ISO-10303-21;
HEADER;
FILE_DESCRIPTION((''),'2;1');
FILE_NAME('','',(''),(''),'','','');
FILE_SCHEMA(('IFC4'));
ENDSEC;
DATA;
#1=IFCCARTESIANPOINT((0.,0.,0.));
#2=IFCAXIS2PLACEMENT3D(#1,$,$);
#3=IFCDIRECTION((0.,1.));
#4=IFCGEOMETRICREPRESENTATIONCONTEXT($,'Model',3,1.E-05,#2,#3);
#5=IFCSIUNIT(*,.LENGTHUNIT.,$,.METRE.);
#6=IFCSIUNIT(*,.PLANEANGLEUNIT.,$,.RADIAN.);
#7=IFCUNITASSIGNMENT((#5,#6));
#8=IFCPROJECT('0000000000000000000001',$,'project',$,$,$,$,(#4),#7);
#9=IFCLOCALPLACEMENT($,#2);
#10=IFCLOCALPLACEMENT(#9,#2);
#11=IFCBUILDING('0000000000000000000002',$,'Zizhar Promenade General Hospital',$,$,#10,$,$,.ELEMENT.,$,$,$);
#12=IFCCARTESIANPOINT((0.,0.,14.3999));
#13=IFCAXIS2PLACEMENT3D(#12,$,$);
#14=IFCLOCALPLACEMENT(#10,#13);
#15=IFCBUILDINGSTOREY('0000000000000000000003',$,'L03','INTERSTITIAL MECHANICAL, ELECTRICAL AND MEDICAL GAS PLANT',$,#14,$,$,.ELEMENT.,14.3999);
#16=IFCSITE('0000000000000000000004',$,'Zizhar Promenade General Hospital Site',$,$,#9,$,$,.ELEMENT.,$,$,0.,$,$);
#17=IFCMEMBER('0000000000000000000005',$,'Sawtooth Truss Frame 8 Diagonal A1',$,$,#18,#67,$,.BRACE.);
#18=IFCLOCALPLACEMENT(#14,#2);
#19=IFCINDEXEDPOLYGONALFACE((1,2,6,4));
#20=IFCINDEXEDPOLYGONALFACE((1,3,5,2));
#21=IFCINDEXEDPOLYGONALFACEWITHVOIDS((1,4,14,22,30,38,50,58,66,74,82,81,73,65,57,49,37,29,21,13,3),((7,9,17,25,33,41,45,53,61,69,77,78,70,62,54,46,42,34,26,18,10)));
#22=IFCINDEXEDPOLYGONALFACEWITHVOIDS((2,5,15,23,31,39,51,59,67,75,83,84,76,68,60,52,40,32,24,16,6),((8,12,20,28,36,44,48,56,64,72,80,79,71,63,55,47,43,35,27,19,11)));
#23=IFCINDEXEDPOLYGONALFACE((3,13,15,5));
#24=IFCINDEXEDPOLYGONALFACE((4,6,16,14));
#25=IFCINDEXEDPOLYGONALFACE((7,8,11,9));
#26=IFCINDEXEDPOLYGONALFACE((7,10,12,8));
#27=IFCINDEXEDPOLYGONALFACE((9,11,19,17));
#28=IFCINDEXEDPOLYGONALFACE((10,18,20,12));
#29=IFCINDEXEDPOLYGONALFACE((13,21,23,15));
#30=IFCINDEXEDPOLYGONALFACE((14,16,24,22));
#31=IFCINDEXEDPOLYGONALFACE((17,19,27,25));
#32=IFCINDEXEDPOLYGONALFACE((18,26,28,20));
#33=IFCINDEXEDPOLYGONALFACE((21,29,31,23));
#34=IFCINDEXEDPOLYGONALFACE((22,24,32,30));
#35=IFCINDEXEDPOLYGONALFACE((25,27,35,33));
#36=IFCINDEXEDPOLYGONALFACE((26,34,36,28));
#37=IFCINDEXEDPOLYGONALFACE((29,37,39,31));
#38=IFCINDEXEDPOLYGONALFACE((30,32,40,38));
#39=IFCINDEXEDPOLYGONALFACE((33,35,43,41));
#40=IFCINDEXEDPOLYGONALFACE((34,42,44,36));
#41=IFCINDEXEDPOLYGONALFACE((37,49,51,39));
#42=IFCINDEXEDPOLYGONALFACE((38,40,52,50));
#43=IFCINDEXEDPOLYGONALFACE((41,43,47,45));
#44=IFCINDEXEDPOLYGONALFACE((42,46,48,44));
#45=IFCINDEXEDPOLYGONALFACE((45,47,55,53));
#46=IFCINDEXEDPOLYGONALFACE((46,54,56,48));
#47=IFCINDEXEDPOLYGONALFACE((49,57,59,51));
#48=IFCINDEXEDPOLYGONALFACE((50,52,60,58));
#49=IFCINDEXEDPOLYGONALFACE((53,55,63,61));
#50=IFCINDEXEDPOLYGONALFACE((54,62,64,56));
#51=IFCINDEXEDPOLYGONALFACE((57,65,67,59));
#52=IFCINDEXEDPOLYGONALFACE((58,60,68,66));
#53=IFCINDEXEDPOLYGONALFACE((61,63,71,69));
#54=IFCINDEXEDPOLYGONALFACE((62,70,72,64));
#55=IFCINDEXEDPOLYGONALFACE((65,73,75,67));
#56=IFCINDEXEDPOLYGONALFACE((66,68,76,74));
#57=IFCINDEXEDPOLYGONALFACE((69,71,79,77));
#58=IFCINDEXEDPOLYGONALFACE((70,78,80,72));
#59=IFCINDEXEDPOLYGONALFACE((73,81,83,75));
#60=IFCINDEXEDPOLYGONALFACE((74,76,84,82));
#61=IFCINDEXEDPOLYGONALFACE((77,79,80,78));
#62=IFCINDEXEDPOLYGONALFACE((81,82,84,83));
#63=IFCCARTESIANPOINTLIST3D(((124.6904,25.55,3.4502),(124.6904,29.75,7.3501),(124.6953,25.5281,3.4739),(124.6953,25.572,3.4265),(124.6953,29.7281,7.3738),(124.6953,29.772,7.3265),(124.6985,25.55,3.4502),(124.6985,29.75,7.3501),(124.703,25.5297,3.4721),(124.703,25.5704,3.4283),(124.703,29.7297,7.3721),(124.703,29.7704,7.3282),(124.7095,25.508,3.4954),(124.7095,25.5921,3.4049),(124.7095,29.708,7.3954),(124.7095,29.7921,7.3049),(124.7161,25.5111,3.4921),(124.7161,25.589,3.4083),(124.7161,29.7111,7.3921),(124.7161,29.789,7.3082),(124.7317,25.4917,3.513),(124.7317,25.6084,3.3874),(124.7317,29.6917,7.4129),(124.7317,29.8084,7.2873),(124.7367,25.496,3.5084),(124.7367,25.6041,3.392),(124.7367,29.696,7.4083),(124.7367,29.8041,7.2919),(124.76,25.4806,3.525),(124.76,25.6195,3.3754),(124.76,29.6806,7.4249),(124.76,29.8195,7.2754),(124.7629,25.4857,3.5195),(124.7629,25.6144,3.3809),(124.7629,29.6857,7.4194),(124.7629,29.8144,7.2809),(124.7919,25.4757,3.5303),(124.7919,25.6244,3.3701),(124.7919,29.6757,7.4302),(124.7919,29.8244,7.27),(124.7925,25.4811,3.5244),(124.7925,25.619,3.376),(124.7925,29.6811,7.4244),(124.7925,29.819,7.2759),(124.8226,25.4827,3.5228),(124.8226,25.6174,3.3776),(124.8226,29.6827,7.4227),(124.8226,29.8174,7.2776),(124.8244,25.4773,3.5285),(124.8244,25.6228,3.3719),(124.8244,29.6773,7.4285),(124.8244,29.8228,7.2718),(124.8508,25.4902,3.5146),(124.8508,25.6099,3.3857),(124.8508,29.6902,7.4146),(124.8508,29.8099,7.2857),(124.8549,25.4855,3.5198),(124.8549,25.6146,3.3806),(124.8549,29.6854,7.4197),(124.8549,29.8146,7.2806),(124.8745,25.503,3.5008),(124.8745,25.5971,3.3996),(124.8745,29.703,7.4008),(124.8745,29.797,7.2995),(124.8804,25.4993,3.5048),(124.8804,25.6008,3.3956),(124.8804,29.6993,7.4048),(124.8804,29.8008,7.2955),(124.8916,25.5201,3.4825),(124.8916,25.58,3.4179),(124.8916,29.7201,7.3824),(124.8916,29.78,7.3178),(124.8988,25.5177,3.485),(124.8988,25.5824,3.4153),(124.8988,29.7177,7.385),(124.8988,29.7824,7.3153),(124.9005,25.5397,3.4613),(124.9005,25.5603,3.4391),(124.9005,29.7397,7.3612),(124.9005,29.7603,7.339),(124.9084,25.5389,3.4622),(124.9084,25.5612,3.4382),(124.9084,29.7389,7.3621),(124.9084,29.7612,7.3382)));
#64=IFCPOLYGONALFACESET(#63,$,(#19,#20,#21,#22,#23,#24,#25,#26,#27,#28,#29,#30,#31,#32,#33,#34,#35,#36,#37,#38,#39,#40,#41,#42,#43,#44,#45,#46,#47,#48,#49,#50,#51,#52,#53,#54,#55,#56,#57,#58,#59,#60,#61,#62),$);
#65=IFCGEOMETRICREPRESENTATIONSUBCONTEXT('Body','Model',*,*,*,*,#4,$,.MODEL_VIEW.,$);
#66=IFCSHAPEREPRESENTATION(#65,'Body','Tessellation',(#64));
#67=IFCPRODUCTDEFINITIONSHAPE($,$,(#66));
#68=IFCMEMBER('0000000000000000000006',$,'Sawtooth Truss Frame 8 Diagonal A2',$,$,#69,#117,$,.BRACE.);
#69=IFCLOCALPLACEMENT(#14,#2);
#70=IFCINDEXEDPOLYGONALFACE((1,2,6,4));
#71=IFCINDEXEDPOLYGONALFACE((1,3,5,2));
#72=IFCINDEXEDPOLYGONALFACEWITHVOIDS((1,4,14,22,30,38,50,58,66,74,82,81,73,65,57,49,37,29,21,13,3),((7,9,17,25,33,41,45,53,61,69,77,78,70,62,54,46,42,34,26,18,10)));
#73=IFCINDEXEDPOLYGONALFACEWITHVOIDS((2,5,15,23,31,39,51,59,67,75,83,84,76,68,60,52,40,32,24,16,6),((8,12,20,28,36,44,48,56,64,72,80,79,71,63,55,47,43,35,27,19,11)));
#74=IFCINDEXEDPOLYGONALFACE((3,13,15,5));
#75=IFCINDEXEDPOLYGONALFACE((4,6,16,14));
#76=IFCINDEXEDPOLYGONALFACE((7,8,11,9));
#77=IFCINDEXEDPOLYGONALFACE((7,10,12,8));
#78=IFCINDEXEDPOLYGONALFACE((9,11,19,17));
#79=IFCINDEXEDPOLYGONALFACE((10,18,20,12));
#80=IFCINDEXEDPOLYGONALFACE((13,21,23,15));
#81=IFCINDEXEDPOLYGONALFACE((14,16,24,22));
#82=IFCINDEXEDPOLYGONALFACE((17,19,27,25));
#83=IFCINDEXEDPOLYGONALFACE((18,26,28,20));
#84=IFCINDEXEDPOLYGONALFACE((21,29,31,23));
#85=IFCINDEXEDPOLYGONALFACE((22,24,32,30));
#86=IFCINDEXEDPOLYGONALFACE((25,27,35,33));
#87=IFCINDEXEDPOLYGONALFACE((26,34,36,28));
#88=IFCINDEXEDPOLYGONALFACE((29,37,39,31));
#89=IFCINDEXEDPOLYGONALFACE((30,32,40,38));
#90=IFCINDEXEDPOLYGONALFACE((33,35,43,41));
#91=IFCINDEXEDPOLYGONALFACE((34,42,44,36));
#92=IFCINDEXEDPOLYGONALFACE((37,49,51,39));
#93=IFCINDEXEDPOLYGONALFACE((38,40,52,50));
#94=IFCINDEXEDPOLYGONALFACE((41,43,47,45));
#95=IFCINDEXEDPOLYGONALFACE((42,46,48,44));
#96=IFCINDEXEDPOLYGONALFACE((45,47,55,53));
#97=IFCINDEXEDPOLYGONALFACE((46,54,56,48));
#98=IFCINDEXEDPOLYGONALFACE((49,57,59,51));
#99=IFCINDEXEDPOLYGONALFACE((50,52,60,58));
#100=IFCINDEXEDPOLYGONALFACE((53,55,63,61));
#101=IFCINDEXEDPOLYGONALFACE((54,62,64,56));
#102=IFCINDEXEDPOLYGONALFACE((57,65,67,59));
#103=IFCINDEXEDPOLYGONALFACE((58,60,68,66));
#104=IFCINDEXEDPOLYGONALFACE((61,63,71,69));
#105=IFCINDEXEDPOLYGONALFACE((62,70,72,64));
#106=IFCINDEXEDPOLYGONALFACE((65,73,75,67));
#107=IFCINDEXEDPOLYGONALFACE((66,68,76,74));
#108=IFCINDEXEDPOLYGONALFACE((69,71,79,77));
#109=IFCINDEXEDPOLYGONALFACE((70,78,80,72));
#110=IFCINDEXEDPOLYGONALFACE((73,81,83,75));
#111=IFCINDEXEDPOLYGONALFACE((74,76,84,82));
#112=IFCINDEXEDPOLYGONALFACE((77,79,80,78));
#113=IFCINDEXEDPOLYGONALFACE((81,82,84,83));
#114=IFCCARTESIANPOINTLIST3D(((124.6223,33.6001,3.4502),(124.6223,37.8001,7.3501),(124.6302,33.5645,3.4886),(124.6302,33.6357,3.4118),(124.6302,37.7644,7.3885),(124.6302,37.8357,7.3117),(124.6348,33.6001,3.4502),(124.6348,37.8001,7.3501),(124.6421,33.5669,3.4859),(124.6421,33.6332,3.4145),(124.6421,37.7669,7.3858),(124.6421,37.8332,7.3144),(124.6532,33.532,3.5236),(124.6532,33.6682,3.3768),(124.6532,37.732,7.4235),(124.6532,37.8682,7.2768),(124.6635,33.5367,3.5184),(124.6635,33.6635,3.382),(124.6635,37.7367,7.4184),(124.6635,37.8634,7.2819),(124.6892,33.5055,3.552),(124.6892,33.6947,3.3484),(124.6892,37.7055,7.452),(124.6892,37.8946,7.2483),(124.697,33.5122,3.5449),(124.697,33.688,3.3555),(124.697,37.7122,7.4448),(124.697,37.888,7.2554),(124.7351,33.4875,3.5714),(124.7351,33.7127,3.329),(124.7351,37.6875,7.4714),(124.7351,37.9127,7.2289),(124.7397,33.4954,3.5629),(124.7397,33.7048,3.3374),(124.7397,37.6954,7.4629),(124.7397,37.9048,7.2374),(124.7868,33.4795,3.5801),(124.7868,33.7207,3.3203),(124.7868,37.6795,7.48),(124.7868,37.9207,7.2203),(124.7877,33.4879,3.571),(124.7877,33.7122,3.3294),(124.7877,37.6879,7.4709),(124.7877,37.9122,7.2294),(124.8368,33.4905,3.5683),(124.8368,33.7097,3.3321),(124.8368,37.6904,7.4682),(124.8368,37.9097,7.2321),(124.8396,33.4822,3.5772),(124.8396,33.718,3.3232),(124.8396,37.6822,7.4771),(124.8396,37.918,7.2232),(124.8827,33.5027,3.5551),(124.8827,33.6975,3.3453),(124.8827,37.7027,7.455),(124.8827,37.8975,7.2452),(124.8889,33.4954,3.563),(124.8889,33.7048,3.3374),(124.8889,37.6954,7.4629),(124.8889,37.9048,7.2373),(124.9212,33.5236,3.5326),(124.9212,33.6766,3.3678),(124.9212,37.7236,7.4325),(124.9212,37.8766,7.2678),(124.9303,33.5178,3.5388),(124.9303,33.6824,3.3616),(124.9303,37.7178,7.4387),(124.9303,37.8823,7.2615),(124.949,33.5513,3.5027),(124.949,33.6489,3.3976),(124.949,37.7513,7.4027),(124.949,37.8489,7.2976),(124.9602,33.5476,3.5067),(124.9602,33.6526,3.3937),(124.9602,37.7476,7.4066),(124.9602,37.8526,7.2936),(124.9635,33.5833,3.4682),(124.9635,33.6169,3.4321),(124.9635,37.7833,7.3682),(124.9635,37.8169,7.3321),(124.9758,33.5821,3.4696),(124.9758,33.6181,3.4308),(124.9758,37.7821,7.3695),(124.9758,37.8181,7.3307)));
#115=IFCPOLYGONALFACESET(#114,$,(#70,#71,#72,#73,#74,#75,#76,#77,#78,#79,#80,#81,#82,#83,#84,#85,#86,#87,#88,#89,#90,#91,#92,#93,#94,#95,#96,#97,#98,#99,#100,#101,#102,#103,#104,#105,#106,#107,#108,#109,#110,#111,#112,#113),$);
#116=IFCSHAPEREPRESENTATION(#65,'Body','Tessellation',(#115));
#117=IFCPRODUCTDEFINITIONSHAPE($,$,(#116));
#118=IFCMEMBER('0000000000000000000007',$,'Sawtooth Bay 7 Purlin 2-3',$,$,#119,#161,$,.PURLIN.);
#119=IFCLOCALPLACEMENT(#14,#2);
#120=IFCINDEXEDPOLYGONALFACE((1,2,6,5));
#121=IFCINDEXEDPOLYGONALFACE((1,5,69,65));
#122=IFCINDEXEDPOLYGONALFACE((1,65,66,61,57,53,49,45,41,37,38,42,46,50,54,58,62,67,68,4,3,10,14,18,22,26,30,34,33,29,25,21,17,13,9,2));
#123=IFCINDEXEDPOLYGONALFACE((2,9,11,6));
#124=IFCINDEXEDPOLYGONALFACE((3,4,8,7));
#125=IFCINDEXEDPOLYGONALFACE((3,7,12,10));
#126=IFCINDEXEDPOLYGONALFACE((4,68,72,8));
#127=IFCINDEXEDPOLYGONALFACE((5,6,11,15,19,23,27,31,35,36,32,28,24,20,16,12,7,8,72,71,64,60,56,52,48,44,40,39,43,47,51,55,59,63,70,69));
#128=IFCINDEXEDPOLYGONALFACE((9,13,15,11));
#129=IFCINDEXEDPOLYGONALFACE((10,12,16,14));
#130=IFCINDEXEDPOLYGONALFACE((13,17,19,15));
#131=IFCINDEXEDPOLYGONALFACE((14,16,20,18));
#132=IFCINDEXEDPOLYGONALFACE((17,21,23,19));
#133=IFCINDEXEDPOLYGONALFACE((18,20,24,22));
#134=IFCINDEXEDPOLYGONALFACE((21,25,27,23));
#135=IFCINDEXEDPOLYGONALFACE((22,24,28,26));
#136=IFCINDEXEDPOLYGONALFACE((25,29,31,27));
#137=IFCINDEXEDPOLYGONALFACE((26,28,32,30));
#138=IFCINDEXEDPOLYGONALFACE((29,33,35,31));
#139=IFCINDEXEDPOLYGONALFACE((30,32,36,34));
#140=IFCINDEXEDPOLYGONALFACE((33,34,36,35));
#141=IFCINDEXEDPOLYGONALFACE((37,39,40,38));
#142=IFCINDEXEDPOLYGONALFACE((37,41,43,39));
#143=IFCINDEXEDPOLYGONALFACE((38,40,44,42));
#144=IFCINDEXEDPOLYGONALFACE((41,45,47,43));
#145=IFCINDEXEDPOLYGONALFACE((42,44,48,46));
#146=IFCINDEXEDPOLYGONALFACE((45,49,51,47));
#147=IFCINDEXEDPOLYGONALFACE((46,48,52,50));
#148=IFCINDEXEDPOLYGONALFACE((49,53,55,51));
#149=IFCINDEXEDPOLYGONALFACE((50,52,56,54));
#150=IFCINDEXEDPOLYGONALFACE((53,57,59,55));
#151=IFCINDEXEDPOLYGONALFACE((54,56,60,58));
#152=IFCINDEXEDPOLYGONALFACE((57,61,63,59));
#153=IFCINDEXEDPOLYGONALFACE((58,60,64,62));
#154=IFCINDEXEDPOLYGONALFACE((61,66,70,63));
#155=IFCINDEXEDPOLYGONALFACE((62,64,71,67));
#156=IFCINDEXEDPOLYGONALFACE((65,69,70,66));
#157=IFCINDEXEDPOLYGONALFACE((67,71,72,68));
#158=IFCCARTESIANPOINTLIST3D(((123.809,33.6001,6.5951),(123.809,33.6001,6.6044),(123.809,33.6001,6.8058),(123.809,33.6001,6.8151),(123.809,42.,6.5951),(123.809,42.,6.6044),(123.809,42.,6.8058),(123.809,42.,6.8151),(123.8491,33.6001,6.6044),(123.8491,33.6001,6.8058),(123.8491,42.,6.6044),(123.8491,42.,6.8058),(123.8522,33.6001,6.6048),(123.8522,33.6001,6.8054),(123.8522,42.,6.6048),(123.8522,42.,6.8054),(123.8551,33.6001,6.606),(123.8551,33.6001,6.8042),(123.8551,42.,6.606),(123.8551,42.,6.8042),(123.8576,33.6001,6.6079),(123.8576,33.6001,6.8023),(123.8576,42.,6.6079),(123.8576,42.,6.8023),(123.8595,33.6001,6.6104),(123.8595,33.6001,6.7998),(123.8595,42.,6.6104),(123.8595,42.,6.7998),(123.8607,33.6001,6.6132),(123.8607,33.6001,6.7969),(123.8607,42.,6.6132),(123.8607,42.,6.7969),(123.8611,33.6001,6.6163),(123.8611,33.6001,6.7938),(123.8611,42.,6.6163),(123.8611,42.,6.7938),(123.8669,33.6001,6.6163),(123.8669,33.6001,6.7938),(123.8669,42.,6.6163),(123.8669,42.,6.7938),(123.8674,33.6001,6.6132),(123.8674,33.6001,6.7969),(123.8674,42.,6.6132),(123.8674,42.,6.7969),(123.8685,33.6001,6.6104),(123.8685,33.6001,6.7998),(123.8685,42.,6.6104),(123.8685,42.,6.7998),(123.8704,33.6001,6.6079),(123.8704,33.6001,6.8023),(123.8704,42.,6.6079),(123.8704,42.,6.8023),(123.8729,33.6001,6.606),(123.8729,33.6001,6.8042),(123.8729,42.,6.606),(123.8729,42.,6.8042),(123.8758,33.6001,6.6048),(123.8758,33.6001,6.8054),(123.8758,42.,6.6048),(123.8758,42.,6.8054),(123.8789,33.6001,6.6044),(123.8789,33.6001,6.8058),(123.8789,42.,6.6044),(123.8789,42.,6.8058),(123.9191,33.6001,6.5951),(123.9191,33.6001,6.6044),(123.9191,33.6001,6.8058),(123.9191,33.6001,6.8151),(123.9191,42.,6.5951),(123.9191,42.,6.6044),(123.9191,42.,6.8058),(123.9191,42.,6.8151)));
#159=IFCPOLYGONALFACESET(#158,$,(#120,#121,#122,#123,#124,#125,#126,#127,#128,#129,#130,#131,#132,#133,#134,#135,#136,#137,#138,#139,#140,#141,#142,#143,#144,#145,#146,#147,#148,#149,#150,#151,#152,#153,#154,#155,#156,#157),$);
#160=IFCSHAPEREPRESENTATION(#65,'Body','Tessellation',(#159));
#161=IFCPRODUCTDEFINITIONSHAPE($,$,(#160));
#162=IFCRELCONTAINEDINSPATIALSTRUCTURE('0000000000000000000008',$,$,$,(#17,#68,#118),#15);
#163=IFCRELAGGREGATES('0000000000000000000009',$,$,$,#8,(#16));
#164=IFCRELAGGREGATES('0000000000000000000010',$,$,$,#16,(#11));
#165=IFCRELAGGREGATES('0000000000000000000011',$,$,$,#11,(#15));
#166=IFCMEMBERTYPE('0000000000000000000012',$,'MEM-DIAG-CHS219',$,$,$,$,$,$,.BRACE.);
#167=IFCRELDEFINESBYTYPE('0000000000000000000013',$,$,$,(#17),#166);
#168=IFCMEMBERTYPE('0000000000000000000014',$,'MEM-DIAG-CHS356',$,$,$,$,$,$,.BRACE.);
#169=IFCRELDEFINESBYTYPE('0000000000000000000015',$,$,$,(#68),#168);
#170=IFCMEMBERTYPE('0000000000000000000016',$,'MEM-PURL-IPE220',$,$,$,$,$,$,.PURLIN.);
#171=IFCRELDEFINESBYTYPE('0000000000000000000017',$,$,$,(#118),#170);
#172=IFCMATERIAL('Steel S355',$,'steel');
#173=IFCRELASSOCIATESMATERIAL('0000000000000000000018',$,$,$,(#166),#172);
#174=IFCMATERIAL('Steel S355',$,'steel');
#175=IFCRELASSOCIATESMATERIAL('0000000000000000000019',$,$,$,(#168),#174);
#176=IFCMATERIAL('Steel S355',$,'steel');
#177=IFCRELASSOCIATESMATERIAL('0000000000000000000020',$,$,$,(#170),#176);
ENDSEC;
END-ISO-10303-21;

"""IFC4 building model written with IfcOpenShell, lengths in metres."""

from ifc_helpers import new_model, si_unit, direction, frame, origin, origin_2d, place, context, subcontext, project, spatial, hollow_circle, i_section, extrude, material, material_profile, profile_set, type_object, element, save


model = new_model("IFC4")

# Units and contexts
model_context = context("Model", 3, precision=1e-05, world=origin(), true_north=direction((0.0, 1.0)))
body_context = subcontext(model_context, "Body", "Model", "MODEL_VIEW")
ifc_project = project(units=[si_unit("LENGTHUNIT", "METRE"), si_unit("PLANEANGLEUNIT", "RADIAN")], contexts=[model_context])

# Site, building, storey
site_placement = place(None, origin())
site = spatial("IfcSite", under=ifc_project, at=site_placement, Name="Zizhar Promenade General Hospital Site", CompositionType="ELEMENT", RefElevation=0.0)
building_placement = place(site_placement, origin())
building = spatial("IfcBuilding", under=site, at=building_placement, Name="Zizhar Promenade General Hospital", CompositionType="ELEMENT")
storey_placement = place(building_placement, frame((0.0, 0.0, 14.3999)))
storey = spatial("IfcBuildingStorey", under=building, at=storey_placement, Name="L03", Description="INTERSTITIAL MECHANICAL, ELECTRICAL AND MEDICAL GAS PLANT", CompositionType="ELEMENT", Elevation=14.3999)

# Members
ifc_material_1 = material(Name="Steel S355", Category="steel")
ifc_material_profile_1 = material_profile(ifc_material_1, hollow_circle(Radius=0.1096, WallThickness=0.0081, at=origin_2d()))
ifc_profile_set_1 = profile_set([ifc_material_profile_1], Name="Steel S355")
member_type_1 = type_object("IfcMemberType", Name="MEM-DIAG-CHS219", PredefinedType="BRACE", material=ifc_profile_set_1)
member_1_placement = place(storey_placement, frame((124.8, 25.55, 3.4502), z_axis=(0.0, 0.732798, 0.680446), x_axis=(-1.0, 0.0, 0.0)))
element("IfcMember", 1, at=member_1_placement, inside=storey, type_object=member_type_1, Name="Sawtooth Truss Frame 8 Diagonal A1", PredefinedType="BRACE", context=body_context, shape_type="SweptSolid", body=[
    extrude(hollow_circle(Radius=0.1096, WallThickness=0.0081, at=origin_2d()), origin(), (0.0, 0.0, 1.0), 5.7314),
])
ifc_material_2 = material(Name="Steel S355", Category="steel")
ifc_material_profile_2 = material_profile(ifc_material_2, hollow_circle(Radius=0.1777, WallThickness=0.0125, at=origin_2d()))
ifc_profile_set_2 = profile_set([ifc_material_profile_2], Name="Steel S355")
member_type_2 = type_object("IfcMemberType", Name="MEM-DIAG-CHS356", PredefinedType="BRACE", material=ifc_profile_set_2)
member_2_placement = place(storey_placement, frame((124.8, 33.6001, 3.4502), z_axis=(0.0, 0.732798, 0.680446), x_axis=(-1.0, 0.0, 0.0)))
element("IfcMember", 2, at=member_2_placement, inside=storey, type_object=member_type_2, Name="Sawtooth Truss Frame 8 Diagonal A2", PredefinedType="BRACE", context=body_context, shape_type="SweptSolid", body=[
    extrude(hollow_circle(Radius=0.1777, WallThickness=0.0125, at=origin_2d()), origin(), (0.0, 0.0, 1.0), 5.7314),
])
ifc_material_3 = material(Name="Steel S355", Category="steel")
ifc_material_profile_3 = material_profile(ifc_material_3, i_section(OverallWidth=0.1101, OverallDepth=0.22, WebThickness=0.0059, FlangeThickness=0.0093, FilletRadius=0.012, at=origin_2d()))
ifc_profile_set_3 = profile_set([ifc_material_profile_3], Name="Steel S355")
member_type_3 = type_object("IfcMemberType", Name="MEM-PURL-IPE220", PredefinedType="PURLIN", material=ifc_profile_set_3)
member_3_placement = place(storey_placement, frame((123.864, 33.6001, 6.7051), z_axis=(0.0, 1.0, 0.0), x_axis=(-1.0, 0.0, 0.0)))
element("IfcMember", 3, at=member_3_placement, inside=storey, type_object=member_type_3, Name="Sawtooth Bay 7 Purlin 2-3", PredefinedType="PURLIN", context=body_context, shape_type="SweptSolid", body=[
    extrude(i_section(OverallWidth=0.1101, OverallDepth=0.22, WebThickness=0.0059, FlangeThickness=0.0093, FilletRadius=0.012, at=origin_2d()), origin(), (0.0, 0.0, 1.0), 8.3999),
])

save(model, "model.ifc")
